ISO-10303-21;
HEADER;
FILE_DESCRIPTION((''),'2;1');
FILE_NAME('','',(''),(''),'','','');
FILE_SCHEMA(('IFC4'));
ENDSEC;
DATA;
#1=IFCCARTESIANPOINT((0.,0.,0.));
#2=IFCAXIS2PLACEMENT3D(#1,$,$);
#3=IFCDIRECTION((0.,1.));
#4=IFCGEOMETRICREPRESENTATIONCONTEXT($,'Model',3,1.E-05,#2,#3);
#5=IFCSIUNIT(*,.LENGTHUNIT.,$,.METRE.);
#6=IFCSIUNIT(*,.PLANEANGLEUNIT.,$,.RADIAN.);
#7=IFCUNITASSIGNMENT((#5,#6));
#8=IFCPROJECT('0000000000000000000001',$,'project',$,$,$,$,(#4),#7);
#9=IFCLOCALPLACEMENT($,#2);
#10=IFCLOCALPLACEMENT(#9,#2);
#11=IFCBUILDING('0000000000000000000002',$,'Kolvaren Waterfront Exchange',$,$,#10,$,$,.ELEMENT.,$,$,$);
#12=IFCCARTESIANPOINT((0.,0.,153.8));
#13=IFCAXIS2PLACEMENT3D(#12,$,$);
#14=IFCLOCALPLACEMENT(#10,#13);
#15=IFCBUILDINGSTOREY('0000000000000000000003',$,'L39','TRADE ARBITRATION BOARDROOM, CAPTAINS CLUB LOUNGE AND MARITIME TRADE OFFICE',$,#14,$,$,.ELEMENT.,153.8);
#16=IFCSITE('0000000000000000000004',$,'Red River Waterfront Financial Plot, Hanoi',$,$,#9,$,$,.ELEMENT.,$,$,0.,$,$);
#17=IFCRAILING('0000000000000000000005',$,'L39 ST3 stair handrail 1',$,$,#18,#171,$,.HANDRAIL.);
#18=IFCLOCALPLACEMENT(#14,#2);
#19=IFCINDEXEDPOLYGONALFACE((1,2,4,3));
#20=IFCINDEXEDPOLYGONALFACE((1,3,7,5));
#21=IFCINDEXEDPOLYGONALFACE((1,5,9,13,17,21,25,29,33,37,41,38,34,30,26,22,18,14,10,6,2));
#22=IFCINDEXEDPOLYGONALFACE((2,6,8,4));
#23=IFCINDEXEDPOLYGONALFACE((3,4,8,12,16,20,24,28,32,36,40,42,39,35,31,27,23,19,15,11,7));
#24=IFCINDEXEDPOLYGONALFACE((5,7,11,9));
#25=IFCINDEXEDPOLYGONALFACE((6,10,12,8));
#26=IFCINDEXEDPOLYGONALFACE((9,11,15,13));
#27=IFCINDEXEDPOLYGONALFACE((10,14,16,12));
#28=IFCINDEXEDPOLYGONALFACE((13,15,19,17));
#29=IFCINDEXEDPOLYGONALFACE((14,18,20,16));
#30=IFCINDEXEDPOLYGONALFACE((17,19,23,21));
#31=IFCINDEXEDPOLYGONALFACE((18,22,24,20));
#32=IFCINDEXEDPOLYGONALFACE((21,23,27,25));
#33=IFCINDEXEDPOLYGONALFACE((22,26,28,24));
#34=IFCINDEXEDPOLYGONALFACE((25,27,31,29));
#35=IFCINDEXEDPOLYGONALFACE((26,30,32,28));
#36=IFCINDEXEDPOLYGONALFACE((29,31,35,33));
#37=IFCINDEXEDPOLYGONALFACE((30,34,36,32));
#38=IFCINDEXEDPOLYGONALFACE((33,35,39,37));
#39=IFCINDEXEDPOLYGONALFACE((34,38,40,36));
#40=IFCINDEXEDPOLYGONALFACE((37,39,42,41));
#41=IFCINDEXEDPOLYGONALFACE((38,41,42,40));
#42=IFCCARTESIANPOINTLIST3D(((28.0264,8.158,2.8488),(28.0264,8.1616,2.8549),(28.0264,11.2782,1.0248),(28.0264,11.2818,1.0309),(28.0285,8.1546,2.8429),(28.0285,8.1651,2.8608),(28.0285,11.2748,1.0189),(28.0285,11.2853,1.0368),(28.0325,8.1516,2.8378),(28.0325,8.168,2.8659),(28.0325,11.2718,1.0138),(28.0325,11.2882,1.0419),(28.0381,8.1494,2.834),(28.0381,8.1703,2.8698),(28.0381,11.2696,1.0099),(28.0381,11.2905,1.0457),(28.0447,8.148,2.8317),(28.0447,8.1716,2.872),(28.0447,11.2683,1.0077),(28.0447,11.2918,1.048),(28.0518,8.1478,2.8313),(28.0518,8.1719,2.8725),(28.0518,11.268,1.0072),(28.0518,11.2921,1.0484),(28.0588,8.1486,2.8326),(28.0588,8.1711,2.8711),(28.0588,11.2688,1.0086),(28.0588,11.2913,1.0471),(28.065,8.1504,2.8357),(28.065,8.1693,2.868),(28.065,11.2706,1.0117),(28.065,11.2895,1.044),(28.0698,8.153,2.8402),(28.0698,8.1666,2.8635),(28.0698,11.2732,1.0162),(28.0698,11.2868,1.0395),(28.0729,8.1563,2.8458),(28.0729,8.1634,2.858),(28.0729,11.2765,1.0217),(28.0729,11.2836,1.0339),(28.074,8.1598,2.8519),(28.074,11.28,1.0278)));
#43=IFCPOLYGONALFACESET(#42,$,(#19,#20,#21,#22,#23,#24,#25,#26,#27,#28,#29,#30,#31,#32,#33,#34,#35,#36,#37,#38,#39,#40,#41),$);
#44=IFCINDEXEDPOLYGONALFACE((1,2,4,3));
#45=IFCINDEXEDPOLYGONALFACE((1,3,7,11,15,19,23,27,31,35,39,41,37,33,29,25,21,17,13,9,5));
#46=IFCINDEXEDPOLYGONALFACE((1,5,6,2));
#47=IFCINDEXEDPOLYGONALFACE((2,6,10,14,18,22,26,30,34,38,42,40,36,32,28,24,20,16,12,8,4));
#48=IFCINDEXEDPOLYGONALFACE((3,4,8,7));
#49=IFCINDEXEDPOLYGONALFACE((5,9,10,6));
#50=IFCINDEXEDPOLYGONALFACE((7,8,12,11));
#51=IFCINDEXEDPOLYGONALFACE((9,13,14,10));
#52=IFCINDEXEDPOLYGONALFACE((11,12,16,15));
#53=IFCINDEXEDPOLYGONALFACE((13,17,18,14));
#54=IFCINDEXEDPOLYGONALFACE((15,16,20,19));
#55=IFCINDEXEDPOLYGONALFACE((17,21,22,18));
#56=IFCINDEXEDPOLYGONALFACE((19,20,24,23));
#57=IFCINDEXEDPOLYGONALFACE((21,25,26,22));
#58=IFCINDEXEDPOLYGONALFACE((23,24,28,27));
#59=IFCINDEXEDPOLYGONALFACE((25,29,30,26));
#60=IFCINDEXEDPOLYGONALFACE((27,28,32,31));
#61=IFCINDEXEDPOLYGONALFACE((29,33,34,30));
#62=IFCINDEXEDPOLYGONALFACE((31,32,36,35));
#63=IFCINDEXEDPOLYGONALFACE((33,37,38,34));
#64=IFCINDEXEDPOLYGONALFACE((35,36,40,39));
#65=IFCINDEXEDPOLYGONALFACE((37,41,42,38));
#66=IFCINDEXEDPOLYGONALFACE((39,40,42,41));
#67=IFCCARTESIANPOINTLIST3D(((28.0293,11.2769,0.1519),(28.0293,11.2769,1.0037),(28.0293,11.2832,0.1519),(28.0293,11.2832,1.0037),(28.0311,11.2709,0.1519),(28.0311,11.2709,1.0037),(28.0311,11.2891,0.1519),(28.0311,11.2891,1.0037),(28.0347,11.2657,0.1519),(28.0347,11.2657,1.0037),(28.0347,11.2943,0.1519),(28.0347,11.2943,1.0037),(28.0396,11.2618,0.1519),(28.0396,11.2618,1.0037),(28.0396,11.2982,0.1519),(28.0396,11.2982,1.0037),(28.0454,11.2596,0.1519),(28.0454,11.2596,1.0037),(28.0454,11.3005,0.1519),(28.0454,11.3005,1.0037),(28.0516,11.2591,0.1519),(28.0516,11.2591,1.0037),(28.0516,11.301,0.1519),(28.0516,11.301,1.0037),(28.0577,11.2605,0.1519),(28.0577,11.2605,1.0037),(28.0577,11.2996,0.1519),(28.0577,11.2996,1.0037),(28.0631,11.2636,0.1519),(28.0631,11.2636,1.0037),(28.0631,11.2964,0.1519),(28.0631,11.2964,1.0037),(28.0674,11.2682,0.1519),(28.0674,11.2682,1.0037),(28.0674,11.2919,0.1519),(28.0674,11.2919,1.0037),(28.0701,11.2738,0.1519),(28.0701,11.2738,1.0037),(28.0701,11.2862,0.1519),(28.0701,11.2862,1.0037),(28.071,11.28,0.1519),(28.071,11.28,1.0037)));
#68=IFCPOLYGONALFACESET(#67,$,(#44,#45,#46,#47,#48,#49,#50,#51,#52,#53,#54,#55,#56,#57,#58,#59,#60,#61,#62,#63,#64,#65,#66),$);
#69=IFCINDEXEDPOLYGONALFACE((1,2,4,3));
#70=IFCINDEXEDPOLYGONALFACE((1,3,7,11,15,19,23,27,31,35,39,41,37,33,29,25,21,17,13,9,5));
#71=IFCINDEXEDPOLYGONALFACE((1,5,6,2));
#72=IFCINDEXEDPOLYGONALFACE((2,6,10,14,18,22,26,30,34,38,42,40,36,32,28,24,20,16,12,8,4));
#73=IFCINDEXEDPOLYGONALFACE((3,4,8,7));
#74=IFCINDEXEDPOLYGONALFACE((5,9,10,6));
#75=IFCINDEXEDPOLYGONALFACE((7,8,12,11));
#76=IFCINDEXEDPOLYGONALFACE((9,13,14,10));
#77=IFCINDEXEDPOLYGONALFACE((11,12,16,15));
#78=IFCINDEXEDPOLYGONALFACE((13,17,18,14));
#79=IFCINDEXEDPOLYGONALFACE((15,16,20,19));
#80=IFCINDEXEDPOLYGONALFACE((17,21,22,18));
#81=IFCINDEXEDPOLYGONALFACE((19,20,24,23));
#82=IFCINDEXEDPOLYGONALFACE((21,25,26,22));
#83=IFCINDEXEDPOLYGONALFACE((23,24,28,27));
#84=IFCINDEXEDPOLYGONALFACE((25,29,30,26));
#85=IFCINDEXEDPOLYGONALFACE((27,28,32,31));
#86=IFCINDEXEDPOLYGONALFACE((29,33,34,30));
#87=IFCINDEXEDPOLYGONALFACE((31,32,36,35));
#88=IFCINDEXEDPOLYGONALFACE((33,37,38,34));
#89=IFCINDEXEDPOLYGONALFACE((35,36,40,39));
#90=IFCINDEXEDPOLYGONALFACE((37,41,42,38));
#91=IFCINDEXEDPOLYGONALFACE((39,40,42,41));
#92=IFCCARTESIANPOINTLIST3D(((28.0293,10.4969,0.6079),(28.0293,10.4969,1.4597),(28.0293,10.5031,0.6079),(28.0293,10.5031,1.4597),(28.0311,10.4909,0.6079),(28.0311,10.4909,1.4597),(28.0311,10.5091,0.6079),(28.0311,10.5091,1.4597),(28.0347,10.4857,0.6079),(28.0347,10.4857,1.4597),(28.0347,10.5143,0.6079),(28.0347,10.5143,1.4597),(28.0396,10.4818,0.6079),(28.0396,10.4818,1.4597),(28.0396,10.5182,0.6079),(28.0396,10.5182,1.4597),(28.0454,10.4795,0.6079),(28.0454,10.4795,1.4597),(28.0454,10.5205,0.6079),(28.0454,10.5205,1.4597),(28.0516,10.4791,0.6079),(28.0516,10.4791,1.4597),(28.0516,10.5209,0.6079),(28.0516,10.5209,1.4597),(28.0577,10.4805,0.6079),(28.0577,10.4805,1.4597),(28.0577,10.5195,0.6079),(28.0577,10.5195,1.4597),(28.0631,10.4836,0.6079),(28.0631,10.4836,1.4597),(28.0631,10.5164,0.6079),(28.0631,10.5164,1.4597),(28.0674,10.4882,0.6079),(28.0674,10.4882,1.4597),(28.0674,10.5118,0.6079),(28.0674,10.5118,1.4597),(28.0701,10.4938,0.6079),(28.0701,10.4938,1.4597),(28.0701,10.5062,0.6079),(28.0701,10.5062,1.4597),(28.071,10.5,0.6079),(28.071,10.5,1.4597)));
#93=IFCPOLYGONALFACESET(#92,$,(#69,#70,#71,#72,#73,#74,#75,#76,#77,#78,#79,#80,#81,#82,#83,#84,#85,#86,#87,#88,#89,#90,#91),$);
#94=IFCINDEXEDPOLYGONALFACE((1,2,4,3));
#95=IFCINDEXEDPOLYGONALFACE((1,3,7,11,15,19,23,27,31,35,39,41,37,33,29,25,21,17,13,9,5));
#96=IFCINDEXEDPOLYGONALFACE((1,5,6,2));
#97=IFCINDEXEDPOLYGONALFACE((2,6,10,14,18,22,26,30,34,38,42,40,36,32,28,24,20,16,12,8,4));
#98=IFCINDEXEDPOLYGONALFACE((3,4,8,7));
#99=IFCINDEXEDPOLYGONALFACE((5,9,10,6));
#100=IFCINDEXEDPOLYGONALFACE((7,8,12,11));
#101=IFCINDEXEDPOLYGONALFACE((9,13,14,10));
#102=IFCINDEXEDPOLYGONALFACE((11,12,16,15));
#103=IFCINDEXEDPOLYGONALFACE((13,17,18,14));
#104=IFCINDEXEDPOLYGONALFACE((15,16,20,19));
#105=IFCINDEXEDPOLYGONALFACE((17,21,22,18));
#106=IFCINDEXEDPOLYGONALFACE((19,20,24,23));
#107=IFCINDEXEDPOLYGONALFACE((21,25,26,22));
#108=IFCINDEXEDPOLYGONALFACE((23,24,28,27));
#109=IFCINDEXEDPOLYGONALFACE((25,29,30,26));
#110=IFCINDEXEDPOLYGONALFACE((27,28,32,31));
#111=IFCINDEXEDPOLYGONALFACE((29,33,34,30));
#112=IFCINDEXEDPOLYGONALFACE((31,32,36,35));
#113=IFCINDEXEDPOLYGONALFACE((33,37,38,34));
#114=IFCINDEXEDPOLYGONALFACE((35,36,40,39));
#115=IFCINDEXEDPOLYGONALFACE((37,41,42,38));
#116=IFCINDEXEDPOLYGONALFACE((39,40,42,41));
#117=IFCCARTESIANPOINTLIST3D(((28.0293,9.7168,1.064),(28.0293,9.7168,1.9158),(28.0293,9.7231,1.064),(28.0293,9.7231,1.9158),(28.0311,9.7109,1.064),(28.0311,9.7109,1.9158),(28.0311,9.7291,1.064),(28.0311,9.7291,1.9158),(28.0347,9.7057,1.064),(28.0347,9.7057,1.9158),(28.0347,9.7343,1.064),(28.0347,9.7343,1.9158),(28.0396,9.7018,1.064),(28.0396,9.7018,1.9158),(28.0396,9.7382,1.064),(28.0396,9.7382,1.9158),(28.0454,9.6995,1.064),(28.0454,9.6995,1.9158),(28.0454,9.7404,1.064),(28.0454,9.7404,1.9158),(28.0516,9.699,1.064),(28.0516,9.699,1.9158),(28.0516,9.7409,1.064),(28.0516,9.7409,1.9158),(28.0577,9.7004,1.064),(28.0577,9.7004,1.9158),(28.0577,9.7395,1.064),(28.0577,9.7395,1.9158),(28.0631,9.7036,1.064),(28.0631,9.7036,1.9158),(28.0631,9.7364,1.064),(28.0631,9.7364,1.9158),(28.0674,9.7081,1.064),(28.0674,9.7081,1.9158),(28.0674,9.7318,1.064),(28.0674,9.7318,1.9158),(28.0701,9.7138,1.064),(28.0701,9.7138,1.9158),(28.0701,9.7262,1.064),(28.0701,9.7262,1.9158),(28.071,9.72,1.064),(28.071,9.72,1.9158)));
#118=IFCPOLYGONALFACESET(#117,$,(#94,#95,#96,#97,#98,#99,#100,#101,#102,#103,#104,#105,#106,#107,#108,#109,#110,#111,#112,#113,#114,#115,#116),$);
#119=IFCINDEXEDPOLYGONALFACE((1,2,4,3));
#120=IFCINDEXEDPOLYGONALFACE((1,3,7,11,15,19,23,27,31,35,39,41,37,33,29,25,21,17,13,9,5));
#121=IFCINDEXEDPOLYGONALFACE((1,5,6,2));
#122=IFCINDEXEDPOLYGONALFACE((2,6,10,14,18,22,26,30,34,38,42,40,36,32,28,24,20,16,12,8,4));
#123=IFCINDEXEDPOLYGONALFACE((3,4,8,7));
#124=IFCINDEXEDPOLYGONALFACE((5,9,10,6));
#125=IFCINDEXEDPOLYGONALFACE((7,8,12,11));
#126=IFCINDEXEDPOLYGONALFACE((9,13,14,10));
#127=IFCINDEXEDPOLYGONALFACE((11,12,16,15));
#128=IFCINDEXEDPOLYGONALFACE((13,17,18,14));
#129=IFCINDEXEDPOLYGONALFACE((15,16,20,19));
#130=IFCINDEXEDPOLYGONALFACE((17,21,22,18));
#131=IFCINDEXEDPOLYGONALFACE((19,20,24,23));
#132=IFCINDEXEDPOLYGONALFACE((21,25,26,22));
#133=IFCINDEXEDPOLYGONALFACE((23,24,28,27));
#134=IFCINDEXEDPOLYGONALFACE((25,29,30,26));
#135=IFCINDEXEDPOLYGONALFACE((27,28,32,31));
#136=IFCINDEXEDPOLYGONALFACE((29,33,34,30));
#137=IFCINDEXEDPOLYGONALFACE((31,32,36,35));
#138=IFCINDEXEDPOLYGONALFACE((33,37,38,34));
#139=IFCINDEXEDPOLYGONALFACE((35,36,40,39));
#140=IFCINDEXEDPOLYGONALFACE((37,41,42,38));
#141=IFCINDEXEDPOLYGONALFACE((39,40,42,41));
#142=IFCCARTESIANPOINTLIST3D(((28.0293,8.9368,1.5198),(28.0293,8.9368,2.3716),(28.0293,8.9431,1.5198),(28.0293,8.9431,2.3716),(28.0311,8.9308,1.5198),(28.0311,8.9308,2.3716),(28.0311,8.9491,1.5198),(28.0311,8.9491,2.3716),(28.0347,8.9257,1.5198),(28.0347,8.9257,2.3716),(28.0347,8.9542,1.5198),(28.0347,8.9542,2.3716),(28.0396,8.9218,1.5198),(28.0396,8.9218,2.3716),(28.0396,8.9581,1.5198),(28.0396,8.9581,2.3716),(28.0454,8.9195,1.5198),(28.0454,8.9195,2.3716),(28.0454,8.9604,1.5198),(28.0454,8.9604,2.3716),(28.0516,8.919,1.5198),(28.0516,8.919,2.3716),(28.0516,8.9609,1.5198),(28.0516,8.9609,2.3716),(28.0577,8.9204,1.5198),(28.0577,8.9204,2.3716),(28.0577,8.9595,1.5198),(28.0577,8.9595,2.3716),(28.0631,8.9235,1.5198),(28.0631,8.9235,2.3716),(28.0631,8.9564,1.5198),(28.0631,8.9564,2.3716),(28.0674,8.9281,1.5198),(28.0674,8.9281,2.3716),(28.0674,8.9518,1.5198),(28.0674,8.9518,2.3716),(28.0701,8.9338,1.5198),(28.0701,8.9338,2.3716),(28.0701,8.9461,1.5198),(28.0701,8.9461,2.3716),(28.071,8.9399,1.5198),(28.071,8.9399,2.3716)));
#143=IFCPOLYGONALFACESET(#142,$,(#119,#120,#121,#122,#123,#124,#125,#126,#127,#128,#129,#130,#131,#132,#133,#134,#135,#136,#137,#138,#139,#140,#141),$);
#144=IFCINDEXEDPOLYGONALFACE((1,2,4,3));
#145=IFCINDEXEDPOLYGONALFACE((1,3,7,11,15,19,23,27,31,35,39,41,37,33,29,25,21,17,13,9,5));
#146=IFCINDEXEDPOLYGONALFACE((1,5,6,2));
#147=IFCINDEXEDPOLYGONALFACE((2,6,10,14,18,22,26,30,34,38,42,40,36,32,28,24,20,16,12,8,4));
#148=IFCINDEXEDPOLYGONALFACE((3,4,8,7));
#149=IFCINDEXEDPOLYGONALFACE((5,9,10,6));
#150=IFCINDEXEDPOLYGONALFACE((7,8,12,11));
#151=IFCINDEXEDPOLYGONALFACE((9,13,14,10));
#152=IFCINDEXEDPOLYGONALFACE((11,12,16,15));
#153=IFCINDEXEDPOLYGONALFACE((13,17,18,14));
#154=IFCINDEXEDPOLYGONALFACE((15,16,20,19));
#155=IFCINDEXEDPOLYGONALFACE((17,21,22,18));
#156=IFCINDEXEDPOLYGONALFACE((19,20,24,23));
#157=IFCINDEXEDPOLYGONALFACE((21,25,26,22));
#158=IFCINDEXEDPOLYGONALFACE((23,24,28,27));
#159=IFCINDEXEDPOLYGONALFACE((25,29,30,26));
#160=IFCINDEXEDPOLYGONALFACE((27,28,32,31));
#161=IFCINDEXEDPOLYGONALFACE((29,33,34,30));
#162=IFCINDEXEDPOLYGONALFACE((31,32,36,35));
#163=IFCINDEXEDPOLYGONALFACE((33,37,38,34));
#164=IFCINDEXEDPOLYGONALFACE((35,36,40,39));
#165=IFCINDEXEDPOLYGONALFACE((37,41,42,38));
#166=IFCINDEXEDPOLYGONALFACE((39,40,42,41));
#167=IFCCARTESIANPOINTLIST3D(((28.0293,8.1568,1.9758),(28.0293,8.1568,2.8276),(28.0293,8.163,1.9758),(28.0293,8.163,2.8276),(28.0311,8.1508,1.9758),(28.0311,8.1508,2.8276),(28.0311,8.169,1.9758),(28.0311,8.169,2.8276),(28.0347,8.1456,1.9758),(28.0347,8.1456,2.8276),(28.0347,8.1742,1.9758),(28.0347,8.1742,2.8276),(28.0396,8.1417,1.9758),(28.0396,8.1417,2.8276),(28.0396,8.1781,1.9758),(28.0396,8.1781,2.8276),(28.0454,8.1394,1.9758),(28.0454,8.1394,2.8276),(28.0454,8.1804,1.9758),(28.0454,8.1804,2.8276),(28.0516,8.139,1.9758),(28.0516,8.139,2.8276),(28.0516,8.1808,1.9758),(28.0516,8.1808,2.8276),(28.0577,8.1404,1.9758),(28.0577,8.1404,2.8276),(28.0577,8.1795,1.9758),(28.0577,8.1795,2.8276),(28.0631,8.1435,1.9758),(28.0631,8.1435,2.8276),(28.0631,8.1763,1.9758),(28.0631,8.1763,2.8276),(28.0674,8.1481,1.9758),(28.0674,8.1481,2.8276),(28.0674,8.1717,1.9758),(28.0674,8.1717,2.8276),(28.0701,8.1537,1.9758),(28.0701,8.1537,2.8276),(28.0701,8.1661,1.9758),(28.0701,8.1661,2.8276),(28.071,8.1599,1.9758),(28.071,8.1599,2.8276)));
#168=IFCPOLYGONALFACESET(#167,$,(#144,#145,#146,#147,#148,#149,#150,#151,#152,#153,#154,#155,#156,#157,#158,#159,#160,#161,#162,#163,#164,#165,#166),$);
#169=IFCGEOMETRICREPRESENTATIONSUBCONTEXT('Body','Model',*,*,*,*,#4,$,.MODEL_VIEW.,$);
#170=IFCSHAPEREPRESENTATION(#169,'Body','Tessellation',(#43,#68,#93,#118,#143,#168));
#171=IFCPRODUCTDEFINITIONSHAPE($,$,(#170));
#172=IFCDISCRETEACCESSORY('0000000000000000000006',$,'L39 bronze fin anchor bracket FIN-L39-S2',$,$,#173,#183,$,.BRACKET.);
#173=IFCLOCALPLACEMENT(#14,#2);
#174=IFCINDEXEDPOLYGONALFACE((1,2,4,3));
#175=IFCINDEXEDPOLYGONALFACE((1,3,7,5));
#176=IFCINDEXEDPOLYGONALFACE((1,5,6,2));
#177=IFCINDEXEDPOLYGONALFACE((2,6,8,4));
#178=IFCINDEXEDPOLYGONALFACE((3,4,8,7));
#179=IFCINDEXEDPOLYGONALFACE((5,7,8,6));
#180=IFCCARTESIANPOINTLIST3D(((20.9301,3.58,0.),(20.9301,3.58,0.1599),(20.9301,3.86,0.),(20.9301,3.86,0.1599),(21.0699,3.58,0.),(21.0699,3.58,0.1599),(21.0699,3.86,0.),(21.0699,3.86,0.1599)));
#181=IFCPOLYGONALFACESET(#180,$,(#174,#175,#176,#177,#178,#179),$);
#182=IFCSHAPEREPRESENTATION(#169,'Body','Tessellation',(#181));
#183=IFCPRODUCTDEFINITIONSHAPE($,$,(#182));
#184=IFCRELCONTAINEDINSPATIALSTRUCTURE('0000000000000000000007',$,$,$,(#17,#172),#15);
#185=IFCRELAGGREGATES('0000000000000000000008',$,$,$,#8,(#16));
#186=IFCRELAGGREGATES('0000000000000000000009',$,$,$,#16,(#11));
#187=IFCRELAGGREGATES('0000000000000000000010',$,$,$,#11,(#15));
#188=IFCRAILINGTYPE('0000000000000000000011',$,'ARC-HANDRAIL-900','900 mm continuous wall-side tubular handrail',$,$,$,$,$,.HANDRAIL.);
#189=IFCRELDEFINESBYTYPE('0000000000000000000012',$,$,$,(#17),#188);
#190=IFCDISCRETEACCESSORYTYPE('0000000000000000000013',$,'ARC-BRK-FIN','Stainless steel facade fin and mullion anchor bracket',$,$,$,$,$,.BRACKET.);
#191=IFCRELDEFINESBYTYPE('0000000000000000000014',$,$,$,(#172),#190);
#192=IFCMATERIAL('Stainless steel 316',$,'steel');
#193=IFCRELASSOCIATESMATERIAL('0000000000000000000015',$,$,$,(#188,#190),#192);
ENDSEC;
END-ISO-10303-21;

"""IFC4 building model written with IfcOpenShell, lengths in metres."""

from ifc_helpers import new_model, si_unit, direction, frame, origin, origin_with_axes, origin_2d, place, context, subcontext, project, spatial, rectangle, circle, extrude, source, transform, mapped, material, type_object, element, save


model = new_model("IFC4")

# Units and contexts
model_context = context("Model", 3, precision=1e-05, world=origin(), true_north=direction((0.0, 1.0)))
body_context = subcontext(model_context, "Body", "Model", "MODEL_VIEW")
ifc_project = project(units=[si_unit("LENGTHUNIT", "METRE"), si_unit("PLANEANGLEUNIT", "RADIAN")], contexts=[model_context])

# Site, building, storey
site_placement = place(None, origin())
site = spatial("IfcSite", under=ifc_project, at=site_placement, Name="Red River Waterfront Financial Plot, Hanoi", CompositionType="ELEMENT", RefElevation=0.0)
building_placement = place(site_placement, origin())
building = spatial("IfcBuilding", under=site, at=building_placement, Name="Kolvaren Waterfront Exchange", CompositionType="ELEMENT")
storey_placement = place(building_placement, frame((0.0, 0.0, 153.8)))
storey = spatial("IfcBuildingStorey", under=building, at=storey_placement, Name="L39", Description="TRADE ARBITRATION BOARDROOM, CAPTAINS CLUB LOUNGE AND MARITIME TRADE OFFICE", CompositionType="ELEMENT", Elevation=153.8)

# Railing
ifc_material_1 = material(Name="Stainless steel 316", Category="steel")
railing_type = type_object("IfcRailingType", Name="ARC-HANDRAIL-900", Description="900 mm continuous wall-side tubular handrail", PredefinedType="HANDRAIL", material=ifc_material_1)
railing_1_placement = place(storey_placement, frame((28.05, 11.28, 0.1519)))
element("IfcRailing", 1, at=railing_1_placement, inside=storey, type_object=railing_type, Name="L39 ST3 stair handrail 1", PredefinedType="HANDRAIL", context=body_context, shape_type="SweptSolid", body=[
    extrude(circle(Radius=0.0239, at=origin_2d()), frame((0.0, 0.0, 0.876), z_axis=(0.0, -0.863308, 0.504677), x_axis=(1.0, 0.0, 0.0)), (0.0, 0.0, 1.0), 3.6143),
    extrude(circle(Radius=0.021, at=origin_2d()), origin(), (0.0, 0.0, 1.0), 0.8518),
    extrude(circle(Radius=0.021, at=origin_2d()), frame((0.0, -0.78, 0.4561)), (0.0, 0.0, 1.0), 0.8518),
    extrude(circle(Radius=0.021, at=origin_2d()), frame((0.0, -1.5601, 0.9121)), (0.0, 0.0, 1.0), 0.8518),
    extrude(circle(Radius=0.021, at=origin_2d()), frame((0.0, -2.3401, 1.3679)), (0.0, 0.0, 1.0), 0.8518),
    extrude(circle(Radius=0.021, at=origin_2d()), frame((0.0, -3.1201, 1.824)), (0.0, 0.0, 1.0), 0.8518),
])

# Discrete accessory
discrete_accessory_type = type_object("IfcDiscreteAccessoryType", Name="ARC-BRK-FIN", Description="Stainless steel facade fin and mullion anchor bracket", PredefinedType="BRACKET", material=ifc_material_1)
shared_shape_1 = source(origin_with_axes(), body_context, "Body", "SweptSolid", [
    extrude(rectangle(XDim=0.28, YDim=0.1399, at=origin_2d()), origin(), (0.0, 0.0, 1.0), 0.1599),
])
discrete_accessory_placement = place(storey_placement, frame((21.0, 3.72, 0.0), z_axis=(0.0, 0.0, 1.0), x_axis=(0.0, -1.0, 0.0)))
element("IfcDiscreteAccessory", 2, at=discrete_accessory_placement, inside=storey, type_object=discrete_accessory_type, Name="L39 bronze fin anchor bracket FIN-L39-S2", PredefinedType="BRACKET", context=body_context, shape_type="MappedRepresentation", body=[
    mapped(shared_shape_1, transform((0.0, 0.0, 0.0), x_axis=(1.0, 0.0, 0.0), y_axis=(0.0, 1.0, 0.0), z_axis=(0.0, 0.0, 1.0), scale=1.0)),
])

save(model, "model.ifc")
